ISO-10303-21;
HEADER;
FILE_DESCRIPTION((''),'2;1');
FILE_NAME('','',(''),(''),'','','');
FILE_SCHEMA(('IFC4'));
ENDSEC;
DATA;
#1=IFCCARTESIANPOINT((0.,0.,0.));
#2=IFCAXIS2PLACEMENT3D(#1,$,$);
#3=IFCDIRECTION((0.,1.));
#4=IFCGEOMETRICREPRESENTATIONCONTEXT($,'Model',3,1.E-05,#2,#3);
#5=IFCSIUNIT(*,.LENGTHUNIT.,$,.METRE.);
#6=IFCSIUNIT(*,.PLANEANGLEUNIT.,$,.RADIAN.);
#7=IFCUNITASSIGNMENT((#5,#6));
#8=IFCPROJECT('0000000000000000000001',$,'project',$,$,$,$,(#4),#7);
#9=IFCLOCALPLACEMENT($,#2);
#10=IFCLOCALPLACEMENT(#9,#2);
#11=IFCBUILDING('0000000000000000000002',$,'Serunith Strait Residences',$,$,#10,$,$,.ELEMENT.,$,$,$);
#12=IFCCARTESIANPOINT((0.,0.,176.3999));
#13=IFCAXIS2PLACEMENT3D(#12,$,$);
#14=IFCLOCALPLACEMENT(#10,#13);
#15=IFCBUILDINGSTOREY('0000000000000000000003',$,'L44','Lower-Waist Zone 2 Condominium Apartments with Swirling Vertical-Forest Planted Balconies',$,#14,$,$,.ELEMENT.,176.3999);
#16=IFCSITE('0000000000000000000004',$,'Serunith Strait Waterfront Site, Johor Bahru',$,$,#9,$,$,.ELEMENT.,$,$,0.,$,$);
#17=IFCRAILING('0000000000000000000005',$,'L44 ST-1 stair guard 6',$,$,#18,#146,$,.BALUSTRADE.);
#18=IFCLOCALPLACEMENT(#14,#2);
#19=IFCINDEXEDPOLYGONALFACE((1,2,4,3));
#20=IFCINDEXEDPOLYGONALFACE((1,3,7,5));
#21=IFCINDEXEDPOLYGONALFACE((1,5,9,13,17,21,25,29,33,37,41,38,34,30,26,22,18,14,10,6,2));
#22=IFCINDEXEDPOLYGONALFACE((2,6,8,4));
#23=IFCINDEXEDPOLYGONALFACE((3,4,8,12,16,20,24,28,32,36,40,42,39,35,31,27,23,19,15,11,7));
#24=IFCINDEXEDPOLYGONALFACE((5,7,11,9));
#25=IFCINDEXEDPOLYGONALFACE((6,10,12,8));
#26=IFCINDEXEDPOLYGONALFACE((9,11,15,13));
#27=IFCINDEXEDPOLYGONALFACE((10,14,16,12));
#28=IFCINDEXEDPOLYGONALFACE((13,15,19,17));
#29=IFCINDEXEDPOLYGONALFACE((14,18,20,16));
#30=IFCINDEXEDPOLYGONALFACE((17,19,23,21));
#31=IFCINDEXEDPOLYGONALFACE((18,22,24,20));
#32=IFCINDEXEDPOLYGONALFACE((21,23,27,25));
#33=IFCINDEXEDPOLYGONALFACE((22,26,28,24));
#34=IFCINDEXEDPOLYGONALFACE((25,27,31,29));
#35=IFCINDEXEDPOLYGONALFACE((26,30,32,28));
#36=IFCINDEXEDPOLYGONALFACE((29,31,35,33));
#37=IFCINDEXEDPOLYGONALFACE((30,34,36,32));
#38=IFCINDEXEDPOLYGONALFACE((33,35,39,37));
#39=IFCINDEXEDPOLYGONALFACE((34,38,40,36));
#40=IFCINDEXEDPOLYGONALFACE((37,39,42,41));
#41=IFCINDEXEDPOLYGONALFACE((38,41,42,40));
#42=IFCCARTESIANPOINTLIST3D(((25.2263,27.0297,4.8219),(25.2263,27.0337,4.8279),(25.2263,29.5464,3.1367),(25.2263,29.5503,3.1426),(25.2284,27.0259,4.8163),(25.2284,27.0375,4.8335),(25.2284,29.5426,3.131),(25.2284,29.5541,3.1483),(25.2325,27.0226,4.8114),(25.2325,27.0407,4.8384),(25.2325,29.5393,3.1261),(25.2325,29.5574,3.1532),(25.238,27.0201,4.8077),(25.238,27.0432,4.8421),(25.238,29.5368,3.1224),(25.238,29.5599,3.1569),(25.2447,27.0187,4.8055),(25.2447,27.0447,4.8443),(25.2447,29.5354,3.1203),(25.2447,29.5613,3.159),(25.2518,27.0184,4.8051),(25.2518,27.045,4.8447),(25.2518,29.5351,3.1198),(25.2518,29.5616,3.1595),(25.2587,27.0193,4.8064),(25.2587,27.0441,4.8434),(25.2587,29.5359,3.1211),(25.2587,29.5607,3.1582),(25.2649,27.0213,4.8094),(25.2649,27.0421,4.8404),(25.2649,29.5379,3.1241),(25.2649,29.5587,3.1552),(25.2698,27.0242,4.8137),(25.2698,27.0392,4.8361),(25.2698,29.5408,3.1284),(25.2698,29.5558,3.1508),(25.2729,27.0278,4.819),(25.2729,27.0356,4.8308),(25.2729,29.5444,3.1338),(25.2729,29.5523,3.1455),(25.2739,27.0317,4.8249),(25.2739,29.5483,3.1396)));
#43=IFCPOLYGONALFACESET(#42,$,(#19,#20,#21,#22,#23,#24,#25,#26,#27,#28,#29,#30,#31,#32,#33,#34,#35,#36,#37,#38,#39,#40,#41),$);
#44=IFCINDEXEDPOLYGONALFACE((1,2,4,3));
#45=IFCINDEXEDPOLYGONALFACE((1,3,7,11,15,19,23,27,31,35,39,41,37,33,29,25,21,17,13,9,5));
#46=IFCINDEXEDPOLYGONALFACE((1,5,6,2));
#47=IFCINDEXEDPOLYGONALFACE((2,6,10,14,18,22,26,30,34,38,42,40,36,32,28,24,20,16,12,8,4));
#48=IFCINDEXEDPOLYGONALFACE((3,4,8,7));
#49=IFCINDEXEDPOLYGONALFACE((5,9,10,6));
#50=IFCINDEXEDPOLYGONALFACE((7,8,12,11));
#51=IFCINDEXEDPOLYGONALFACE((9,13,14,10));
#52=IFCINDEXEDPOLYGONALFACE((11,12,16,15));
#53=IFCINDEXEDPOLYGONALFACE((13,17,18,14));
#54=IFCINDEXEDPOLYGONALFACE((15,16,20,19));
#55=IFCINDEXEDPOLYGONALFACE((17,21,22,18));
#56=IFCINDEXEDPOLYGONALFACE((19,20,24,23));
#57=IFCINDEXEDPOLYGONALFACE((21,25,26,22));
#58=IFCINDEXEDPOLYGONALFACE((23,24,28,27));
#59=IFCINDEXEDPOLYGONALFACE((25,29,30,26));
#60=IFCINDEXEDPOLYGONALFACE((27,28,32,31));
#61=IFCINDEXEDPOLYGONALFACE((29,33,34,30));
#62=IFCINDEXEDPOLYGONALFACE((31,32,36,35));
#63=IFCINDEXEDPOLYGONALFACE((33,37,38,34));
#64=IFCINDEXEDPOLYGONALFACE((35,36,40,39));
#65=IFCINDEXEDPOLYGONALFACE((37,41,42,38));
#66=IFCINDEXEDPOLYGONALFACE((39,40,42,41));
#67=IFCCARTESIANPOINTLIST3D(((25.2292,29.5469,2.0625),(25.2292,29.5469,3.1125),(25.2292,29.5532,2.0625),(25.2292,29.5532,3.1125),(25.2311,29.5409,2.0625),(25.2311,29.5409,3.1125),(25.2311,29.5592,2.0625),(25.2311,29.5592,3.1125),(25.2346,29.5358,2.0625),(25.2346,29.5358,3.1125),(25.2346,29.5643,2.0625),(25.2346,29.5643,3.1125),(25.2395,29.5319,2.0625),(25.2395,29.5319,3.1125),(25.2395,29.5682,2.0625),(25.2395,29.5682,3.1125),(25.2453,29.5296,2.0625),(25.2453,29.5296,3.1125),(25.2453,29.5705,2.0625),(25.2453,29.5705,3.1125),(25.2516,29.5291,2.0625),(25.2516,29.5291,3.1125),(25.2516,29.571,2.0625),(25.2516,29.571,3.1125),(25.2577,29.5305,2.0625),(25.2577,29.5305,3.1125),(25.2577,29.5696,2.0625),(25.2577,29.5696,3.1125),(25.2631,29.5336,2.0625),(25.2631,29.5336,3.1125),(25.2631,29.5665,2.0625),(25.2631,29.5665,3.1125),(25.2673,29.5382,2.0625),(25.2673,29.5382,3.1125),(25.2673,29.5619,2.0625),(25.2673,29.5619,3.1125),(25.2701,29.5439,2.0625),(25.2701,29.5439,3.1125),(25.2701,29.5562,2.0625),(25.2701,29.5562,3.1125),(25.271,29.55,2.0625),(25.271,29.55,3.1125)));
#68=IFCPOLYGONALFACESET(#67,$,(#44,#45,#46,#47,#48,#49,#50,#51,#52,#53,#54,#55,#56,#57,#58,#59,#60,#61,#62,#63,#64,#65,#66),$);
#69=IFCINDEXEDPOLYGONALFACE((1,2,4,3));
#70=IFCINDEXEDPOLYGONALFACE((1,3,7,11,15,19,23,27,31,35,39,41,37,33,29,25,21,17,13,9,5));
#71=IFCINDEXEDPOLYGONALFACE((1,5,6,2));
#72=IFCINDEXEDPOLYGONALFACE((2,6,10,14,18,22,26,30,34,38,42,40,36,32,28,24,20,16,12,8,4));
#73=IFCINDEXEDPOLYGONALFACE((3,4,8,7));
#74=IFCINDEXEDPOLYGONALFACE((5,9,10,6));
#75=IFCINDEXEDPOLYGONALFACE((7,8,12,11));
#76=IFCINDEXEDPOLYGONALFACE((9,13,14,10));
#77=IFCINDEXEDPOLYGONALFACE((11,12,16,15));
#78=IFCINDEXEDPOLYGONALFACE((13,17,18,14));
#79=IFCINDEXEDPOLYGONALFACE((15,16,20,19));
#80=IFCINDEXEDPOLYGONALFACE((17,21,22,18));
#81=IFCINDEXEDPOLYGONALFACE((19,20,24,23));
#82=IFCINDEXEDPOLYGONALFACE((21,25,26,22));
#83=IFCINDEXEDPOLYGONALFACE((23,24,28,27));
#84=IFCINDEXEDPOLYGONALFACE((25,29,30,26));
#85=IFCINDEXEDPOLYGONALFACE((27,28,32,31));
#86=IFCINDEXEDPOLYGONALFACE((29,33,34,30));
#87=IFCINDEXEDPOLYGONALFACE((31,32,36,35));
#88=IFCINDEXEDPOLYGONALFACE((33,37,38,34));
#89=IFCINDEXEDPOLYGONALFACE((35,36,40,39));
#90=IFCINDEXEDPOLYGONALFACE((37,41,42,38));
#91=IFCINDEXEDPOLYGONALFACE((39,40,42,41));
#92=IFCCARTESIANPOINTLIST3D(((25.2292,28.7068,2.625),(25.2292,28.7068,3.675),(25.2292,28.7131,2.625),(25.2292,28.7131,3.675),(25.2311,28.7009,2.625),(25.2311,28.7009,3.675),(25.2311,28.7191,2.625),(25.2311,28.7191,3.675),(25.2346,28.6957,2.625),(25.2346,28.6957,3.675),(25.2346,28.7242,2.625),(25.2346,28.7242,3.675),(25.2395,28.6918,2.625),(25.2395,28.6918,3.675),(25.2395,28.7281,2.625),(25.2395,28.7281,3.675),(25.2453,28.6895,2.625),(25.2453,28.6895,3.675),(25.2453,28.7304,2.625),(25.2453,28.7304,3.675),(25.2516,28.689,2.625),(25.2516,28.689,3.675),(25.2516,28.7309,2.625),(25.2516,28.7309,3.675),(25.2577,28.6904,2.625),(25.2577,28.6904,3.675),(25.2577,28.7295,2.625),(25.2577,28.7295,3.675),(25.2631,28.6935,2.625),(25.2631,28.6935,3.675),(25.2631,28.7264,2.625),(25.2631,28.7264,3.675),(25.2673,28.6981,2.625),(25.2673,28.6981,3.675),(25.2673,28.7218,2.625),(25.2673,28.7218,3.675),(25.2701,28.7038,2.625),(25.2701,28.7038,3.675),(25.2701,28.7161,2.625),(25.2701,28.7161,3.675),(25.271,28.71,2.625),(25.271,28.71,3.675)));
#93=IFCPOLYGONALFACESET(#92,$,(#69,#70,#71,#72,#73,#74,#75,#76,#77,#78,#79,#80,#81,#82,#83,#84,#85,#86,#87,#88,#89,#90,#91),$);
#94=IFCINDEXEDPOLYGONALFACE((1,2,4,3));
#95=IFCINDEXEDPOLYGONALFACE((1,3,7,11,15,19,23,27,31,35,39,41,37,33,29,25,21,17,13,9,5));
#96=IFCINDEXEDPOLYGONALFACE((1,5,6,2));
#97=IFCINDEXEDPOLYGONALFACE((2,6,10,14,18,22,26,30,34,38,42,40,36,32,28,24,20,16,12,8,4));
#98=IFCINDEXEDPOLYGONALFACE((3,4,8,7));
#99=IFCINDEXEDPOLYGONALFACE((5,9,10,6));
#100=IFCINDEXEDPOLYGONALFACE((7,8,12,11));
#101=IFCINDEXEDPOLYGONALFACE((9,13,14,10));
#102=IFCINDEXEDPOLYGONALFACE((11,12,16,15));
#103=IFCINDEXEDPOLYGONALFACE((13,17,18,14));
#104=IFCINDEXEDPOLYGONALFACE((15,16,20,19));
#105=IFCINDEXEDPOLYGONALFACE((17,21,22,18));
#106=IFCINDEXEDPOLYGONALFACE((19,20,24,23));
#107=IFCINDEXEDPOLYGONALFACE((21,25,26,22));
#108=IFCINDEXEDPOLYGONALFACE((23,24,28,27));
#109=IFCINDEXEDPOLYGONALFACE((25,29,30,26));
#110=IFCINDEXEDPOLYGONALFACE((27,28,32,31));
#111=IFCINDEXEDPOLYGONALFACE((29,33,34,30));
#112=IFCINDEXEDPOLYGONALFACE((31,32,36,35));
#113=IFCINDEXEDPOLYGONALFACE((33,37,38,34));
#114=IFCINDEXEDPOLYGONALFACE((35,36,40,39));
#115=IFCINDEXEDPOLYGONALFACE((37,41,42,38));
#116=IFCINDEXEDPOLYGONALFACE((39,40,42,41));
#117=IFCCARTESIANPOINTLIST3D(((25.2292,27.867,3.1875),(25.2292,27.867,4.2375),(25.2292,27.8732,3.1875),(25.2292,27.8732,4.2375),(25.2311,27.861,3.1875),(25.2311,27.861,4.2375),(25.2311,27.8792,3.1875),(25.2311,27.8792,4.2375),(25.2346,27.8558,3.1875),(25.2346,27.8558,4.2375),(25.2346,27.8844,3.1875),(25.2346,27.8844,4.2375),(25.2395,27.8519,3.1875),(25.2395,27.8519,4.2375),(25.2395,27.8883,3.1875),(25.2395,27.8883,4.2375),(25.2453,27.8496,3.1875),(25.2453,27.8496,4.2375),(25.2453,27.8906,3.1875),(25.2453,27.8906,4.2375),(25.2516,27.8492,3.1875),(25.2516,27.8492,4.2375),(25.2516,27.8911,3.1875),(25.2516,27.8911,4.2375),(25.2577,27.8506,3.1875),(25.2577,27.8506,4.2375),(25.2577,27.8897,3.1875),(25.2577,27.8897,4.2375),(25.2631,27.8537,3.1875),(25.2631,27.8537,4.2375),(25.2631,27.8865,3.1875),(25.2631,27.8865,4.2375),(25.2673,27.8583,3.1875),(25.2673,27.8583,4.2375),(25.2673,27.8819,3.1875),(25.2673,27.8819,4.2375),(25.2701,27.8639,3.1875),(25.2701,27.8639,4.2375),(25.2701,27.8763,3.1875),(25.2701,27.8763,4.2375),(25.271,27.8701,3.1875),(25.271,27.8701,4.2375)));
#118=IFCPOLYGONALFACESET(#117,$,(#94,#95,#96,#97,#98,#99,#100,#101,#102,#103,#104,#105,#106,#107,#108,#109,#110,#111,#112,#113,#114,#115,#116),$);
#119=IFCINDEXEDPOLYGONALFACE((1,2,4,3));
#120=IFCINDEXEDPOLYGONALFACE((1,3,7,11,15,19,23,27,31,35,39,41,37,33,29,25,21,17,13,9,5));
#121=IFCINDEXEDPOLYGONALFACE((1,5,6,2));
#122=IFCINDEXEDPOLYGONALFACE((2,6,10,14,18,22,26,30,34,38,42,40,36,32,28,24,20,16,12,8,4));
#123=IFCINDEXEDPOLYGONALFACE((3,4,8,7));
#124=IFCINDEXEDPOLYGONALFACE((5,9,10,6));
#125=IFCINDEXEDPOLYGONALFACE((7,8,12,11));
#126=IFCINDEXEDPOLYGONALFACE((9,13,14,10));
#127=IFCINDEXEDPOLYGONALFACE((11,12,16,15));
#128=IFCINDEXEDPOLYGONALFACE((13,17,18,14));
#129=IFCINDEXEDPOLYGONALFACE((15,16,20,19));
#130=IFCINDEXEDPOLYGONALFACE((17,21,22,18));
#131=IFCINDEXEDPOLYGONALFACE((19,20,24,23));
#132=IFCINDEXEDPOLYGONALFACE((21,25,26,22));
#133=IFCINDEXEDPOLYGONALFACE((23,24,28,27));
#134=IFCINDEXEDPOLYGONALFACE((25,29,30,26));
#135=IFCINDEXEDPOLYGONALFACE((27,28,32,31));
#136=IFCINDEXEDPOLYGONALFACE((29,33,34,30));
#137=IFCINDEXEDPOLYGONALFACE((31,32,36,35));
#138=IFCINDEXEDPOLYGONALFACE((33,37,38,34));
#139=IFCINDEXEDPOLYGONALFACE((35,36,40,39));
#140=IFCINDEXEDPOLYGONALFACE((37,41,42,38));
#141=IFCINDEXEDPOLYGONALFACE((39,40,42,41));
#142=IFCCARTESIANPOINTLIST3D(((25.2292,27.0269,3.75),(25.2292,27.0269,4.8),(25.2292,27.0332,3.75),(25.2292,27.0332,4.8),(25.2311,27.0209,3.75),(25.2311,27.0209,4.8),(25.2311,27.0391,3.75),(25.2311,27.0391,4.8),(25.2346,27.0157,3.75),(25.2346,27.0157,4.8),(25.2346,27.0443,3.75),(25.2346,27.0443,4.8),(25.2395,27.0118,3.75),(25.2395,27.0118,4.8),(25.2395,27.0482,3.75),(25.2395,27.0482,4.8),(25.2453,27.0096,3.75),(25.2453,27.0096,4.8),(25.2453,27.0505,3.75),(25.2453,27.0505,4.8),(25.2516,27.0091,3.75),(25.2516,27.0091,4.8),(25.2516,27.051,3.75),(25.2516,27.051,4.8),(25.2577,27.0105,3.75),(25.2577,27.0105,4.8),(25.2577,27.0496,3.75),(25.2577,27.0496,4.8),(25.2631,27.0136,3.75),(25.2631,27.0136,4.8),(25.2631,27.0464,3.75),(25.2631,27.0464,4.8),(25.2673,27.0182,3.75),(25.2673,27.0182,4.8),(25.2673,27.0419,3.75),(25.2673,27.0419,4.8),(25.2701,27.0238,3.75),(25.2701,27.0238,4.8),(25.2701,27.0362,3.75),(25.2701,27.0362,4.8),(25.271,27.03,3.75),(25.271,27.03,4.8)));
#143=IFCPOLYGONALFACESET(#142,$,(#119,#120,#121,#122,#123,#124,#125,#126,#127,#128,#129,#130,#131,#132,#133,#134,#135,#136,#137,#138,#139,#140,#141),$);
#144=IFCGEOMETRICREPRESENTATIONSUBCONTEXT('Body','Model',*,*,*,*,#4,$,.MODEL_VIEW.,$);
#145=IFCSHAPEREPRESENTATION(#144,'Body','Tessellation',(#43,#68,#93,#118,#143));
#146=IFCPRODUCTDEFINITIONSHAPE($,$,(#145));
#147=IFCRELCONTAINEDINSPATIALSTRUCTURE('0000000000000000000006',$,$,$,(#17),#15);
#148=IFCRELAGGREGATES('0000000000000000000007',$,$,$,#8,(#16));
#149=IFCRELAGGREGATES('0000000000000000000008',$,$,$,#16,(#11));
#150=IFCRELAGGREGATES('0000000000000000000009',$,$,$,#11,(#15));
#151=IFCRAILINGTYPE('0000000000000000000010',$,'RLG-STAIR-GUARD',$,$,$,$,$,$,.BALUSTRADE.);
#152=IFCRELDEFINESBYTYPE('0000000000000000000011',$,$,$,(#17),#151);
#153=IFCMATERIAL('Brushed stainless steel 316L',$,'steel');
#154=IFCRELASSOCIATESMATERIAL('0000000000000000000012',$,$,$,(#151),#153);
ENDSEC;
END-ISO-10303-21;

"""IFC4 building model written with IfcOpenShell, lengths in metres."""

from ifc_helpers import new_model, si_unit, direction, frame, origin, origin_2d, place, context, subcontext, project, spatial, circle, extrude, material, type_object, element, save


model = new_model("IFC4")

# Units and contexts
model_context = context("Model", 3, precision=1e-05, world=origin(), true_north=direction((0.0, 1.0)))
body_context = subcontext(model_context, "Body", "Model", "MODEL_VIEW")
ifc_project = project(units=[si_unit("LENGTHUNIT", "METRE"), si_unit("PLANEANGLEUNIT", "RADIAN")], contexts=[model_context])

# Site, building, storey
site_placement = place(None, origin())
site = spatial("IfcSite", under=ifc_project, at=site_placement, Name="Serunith Strait Waterfront Site, Johor Bahru", CompositionType="ELEMENT", RefElevation=0.0)
building_placement = place(site_placement, origin())
building = spatial("IfcBuilding", under=site, at=building_placement, Name="Serunith Strait Residences", CompositionType="ELEMENT")
storey_placement = place(building_placement, frame((0.0, 0.0, 176.3999)))
storey = spatial("IfcBuildingStorey", under=building, at=storey_placement, Name="L44", Description="Lower-Waist Zone 2 Condominium Apartments with Swirling Vertical-Forest Planted Balconies", CompositionType="ELEMENT", Elevation=176.3999)

# Railing
ifc_material_1 = material(Name="Brushed stainless steel 316L", Category="steel")
railing_type_1 = type_object("IfcRailingType", Name="RLG-STAIR-GUARD", PredefinedType="BALUSTRADE", material=ifc_material_1)
railing_1_placement = place(storey_placement, frame((25.25, 29.55, 2.0625)))
element("IfcRailing", 1, at=railing_1_placement, inside=storey, type_object=railing_type_1, Name="L44 ST-1 stair guard 6", PredefinedType="BALUSTRADE", context=body_context, shape_type="SweptSolid", body=[
    extrude(circle(Radius=0.0239, at=origin_2d()), frame((0.0, -0.0017, 1.0771), z_axis=(0.0, -0.830909, 0.556408), x_axis=(1.0, 0.0, 0.0)), (0.0, 0.0, 1.0), 3.0288),
    extrude(circle(Radius=0.021, at=origin_2d()), origin(), (0.0, 0.0, 1.0), 1.05),
    extrude(circle(Radius=0.021, at=origin_2d()), frame((0.0, -0.8401, 0.5625)), (0.0, 0.0, 1.0), 1.05),
    extrude(circle(Radius=0.021, at=origin_2d()), frame((0.0, -1.6799, 1.125)), (0.0, 0.0, 1.0), 1.05),
    extrude(circle(Radius=0.021, at=origin_2d()), frame((0.0, -2.52, 1.6875)), (0.0, 0.0, 1.0), 1.05),
])

save(model, "model.ifc")
